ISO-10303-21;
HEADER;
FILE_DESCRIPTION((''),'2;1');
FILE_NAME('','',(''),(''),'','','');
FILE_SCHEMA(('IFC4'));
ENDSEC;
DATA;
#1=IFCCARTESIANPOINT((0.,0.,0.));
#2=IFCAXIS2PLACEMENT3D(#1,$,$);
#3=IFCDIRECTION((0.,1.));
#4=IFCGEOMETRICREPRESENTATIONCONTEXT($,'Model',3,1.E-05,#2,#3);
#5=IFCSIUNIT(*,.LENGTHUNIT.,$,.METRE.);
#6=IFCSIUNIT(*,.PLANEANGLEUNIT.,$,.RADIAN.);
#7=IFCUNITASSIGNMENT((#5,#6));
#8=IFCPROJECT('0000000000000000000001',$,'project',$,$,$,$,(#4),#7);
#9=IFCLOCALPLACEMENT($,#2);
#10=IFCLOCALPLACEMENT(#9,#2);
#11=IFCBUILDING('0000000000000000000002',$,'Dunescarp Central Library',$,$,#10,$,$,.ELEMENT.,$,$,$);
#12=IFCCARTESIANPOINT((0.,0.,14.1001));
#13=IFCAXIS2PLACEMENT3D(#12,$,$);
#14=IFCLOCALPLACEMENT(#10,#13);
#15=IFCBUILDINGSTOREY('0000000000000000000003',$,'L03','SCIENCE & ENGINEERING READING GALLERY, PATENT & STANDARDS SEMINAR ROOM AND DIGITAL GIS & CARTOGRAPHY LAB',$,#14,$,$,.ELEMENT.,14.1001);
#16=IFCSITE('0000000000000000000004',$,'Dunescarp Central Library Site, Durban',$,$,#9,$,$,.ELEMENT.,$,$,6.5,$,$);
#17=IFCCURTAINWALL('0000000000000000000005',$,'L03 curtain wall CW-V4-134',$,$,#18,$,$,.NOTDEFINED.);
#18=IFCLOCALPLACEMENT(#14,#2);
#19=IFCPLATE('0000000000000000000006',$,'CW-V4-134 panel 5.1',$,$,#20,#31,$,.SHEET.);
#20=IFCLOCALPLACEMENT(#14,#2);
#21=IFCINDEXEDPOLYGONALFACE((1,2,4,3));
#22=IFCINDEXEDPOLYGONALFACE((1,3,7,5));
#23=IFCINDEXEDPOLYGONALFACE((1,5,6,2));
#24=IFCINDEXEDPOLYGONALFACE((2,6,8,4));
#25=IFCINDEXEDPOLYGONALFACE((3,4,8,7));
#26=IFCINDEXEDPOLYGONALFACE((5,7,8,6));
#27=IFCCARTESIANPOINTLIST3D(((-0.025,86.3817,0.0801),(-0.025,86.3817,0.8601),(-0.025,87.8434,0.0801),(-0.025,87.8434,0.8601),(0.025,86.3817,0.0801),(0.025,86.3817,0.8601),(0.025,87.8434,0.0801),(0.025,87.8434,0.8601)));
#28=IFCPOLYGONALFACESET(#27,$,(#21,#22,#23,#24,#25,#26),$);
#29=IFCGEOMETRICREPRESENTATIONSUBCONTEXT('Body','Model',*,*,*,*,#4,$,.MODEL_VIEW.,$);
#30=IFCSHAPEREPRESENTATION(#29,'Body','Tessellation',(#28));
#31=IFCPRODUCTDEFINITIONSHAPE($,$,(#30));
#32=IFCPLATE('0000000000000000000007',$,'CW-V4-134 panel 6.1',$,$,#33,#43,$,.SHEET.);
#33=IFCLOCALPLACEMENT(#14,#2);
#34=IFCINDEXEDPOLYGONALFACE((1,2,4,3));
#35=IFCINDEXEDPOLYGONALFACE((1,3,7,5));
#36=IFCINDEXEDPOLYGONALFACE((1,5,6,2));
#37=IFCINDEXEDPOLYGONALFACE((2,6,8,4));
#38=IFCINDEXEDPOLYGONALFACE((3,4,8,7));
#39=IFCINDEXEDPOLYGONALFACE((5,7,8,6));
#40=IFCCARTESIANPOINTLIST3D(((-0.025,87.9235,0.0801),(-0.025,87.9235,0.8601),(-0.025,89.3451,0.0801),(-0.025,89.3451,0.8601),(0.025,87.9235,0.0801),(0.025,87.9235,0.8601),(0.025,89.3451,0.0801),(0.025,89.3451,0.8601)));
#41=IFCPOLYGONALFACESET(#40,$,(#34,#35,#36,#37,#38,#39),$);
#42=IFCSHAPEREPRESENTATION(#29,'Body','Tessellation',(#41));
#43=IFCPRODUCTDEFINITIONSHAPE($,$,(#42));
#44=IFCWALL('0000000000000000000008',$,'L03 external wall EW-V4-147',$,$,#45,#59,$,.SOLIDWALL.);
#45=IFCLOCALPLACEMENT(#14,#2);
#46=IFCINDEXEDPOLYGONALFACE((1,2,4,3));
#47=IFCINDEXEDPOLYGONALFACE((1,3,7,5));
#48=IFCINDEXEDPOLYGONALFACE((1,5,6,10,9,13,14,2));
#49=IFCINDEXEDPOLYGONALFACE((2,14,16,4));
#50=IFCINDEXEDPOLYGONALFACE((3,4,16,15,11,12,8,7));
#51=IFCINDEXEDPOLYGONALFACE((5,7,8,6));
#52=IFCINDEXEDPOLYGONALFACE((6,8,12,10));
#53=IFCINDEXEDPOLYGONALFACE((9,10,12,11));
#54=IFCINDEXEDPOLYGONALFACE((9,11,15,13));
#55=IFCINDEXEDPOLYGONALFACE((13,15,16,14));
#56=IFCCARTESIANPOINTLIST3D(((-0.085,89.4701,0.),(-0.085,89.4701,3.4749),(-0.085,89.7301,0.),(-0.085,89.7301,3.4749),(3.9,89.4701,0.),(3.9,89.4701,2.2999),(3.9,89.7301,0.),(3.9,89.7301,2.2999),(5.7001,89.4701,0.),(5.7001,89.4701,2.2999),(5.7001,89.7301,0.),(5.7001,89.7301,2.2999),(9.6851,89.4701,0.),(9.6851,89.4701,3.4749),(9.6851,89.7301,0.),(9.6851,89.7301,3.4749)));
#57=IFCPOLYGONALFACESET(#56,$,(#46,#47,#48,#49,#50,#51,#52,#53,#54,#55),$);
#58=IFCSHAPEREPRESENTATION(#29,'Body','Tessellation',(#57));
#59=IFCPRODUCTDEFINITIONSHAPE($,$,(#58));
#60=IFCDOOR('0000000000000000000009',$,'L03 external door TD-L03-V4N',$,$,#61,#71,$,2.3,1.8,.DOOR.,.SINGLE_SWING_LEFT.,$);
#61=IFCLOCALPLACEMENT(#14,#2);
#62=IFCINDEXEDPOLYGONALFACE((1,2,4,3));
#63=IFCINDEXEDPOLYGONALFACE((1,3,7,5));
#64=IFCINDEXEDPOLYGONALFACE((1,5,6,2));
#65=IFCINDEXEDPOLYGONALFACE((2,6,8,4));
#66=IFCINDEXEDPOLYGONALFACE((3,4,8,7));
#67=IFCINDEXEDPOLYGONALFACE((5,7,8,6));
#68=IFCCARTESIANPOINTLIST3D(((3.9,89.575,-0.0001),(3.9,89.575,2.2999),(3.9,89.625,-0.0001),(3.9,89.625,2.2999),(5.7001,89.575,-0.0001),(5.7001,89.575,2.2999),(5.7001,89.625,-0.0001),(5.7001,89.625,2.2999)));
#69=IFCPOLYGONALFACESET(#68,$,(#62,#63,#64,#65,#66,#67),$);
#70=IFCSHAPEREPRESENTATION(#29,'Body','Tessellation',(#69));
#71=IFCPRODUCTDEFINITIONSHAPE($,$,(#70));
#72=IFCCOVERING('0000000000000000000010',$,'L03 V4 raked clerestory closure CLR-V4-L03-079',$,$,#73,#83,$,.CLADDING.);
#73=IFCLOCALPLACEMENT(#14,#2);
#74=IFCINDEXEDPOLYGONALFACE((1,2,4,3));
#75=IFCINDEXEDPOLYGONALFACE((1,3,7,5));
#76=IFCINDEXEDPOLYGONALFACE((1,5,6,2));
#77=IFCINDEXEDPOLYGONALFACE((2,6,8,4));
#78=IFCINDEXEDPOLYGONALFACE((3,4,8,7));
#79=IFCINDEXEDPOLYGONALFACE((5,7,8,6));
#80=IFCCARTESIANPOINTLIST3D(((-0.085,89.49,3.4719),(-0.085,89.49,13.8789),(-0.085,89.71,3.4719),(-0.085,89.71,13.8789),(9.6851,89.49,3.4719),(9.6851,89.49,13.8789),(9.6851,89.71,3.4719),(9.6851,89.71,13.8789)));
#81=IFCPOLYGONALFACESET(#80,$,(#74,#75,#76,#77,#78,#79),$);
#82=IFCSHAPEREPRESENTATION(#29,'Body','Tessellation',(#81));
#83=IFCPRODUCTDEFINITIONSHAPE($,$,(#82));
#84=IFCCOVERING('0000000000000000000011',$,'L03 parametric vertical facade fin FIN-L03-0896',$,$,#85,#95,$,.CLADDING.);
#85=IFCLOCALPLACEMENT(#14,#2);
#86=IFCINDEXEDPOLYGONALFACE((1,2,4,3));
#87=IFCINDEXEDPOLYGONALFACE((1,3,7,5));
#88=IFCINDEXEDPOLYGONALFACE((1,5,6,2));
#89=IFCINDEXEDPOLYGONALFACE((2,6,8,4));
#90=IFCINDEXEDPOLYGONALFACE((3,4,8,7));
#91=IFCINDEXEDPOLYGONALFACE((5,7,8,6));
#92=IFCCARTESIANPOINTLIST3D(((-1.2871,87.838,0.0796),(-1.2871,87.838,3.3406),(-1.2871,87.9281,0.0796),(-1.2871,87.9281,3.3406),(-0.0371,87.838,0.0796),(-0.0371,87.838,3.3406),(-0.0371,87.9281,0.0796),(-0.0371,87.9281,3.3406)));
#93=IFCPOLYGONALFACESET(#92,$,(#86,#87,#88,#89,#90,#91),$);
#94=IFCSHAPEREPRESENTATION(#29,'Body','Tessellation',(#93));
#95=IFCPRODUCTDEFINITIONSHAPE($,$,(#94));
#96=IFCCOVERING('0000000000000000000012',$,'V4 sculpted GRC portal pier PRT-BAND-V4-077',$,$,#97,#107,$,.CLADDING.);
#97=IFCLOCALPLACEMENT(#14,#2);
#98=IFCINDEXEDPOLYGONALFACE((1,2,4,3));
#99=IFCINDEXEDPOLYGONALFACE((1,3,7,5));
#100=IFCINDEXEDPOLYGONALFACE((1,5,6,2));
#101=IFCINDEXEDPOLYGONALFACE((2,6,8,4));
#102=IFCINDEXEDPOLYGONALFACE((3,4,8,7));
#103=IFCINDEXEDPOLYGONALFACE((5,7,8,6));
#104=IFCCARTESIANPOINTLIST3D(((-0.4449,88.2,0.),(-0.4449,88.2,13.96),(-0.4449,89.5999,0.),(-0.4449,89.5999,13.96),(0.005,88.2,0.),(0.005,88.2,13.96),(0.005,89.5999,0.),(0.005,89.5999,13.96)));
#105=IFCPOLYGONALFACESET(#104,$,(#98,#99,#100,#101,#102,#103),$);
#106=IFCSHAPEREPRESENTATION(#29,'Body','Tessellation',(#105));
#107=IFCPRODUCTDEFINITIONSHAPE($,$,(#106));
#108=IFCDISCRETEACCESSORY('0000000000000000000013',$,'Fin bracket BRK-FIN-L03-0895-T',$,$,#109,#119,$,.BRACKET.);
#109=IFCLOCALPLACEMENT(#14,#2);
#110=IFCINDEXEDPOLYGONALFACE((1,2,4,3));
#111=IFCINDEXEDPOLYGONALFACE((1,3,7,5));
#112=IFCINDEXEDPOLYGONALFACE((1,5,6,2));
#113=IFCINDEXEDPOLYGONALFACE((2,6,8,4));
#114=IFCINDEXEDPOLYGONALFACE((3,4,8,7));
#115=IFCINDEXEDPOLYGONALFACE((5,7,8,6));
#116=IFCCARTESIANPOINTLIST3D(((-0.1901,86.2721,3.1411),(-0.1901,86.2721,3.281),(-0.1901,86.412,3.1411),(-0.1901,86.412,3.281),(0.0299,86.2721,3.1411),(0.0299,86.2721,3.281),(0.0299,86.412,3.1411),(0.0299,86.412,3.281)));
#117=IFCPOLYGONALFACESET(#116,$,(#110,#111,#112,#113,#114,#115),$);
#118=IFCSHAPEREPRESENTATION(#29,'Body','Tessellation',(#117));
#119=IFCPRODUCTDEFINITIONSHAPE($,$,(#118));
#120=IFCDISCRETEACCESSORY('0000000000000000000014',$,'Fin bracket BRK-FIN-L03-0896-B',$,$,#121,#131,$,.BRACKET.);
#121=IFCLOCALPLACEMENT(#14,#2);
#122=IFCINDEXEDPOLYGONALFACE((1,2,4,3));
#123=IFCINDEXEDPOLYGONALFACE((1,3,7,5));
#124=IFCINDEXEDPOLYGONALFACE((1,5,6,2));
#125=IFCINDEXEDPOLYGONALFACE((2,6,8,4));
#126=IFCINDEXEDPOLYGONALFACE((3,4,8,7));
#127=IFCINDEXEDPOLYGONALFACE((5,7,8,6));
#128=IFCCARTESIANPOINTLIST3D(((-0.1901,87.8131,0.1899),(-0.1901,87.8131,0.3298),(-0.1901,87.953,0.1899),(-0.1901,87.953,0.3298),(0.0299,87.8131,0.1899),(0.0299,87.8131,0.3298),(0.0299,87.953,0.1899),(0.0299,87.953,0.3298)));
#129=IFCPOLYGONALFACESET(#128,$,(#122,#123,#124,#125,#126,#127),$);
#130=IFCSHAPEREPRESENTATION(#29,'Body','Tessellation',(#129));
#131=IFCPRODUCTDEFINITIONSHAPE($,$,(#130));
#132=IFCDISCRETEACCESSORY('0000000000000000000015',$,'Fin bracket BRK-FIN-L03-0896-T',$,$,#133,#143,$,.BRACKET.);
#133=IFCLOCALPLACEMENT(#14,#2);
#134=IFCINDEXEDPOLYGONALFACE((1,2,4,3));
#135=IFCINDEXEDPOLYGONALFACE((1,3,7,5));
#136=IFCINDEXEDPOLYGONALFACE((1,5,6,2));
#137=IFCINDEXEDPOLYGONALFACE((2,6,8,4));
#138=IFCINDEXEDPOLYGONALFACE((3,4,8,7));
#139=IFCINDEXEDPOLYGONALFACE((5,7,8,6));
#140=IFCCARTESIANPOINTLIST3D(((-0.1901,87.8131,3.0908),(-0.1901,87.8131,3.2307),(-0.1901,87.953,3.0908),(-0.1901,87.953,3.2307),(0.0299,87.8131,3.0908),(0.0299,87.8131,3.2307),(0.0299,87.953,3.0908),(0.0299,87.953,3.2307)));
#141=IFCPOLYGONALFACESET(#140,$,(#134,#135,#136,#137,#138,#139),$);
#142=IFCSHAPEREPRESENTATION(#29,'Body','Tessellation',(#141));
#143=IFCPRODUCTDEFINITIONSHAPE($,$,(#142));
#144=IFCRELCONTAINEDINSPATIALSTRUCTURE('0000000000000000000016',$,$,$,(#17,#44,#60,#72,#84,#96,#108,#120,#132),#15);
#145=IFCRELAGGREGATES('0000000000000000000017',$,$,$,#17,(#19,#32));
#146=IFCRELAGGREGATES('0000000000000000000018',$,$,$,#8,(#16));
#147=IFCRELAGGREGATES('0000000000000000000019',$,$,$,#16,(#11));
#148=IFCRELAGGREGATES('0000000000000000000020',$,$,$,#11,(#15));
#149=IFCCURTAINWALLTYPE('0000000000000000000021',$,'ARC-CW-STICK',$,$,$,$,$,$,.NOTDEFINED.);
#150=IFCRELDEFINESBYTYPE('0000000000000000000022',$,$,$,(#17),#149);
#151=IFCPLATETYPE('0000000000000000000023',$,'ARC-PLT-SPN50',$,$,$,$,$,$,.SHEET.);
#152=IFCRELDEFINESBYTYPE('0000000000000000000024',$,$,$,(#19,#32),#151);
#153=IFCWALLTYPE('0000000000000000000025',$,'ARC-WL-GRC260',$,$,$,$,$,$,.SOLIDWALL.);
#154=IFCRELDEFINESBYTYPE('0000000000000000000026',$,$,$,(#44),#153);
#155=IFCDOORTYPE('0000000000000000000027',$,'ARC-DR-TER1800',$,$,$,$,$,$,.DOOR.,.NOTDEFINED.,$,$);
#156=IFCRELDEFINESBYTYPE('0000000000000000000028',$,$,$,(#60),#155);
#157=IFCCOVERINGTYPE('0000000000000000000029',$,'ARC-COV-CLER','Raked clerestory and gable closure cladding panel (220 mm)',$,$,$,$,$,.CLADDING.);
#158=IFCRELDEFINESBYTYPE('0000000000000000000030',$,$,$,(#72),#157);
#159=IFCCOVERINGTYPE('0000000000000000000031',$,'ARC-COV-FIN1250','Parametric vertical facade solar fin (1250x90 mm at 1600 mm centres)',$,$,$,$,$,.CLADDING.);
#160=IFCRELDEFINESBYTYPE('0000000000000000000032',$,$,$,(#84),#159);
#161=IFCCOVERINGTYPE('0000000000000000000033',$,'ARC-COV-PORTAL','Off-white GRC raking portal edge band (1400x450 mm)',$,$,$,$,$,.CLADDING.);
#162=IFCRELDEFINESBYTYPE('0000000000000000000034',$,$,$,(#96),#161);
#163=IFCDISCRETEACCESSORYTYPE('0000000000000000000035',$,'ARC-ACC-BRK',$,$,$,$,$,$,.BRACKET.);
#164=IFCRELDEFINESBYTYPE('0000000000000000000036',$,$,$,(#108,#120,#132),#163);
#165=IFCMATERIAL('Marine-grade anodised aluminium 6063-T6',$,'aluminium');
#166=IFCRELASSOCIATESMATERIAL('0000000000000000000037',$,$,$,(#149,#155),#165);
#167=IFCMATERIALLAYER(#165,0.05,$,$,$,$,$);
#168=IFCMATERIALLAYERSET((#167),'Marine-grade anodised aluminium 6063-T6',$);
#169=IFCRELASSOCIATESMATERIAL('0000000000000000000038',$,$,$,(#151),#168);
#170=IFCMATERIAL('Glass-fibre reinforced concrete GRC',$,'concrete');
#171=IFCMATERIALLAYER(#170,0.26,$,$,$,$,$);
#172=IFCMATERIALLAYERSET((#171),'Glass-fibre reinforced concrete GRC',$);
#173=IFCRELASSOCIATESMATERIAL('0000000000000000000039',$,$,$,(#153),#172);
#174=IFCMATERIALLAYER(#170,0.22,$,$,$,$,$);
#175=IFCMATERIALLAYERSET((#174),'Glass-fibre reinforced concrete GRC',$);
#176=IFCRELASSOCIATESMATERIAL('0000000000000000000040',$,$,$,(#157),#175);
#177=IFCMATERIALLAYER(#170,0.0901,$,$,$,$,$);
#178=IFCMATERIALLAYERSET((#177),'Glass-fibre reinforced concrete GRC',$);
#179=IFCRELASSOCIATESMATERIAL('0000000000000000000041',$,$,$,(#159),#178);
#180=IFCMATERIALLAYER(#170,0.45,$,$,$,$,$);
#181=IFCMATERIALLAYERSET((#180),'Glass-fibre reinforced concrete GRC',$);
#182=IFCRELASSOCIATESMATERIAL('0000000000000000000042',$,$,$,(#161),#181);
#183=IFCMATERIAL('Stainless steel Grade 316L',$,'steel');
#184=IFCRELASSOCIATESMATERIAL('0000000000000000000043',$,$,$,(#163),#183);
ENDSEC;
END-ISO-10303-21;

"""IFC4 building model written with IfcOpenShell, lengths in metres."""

from ifc_helpers import new_model, si_unit, direction, frame, frame_2d, origin, origin_2d, place, context, subcontext, project, spatial, polyline, rectangle, outline, extrude, material, layer, layer_set, type_object, element, fill, aggregate, save


model = new_model("IFC4")

# Units and contexts
model_context = context("Model", 3, precision=1e-05, world=origin(), true_north=direction((0.0, 1.0)))
body_context = subcontext(model_context, "Body", "Model", "MODEL_VIEW")
ifc_project = project(units=[si_unit("LENGTHUNIT", "METRE"), si_unit("PLANEANGLEUNIT", "RADIAN")], contexts=[model_context])

# Site, building, storey
site_placement = place(None, origin())
site = spatial("IfcSite", under=ifc_project, at=site_placement, Name="Dunescarp Central Library Site, Durban", CompositionType="ELEMENT", RefElevation=6.5)
building_placement = place(site_placement, origin())
building = spatial("IfcBuilding", under=site, at=building_placement, Name="Dunescarp Central Library", CompositionType="ELEMENT")
storey_placement = place(building_placement, frame((0.0, 0.0, 14.1001)))
storey = spatial("IfcBuildingStorey", under=building, at=storey_placement, Name="L03", Description="SCIENCE & ENGINEERING READING GALLERY, PATENT & STANDARDS SEMINAR ROOM AND DIGITAL GIS & CARTOGRAPHY LAB", CompositionType="ELEMENT", Elevation=14.1001)

# Curtain wall
ifc_material_1 = material(Name="Marine-grade anodised aluminium 6063-T6", Category="aluminium")
curtain_wall_type = type_object("IfcCurtainWallType", Name="ARC-CW-STICK", PredefinedType="NOTDEFINED", material=ifc_material_1)
curtain_wall_placement = place(storey_placement, origin())
curtain_wall = element("IfcCurtainWall", 1, at=curtain_wall_placement, inside=storey, type_object=curtain_wall_type, Name="L03 curtain wall CW-V4-134", PredefinedType="NOTDEFINED")

# Plates
ifc_layer_1 = layer(ifc_material_1, 0.05)
ifc_layer_set_1 = layer_set([ifc_layer_1], Name="Marine-grade anodised aluminium 6063-T6")
plate_type_1 = type_object("IfcPlateType", Name="ARC-PLT-SPN50", PredefinedType="SHEET", material=ifc_layer_set_1)
plate_1_placement = place(storey_placement, frame((0.0, 87.1125, 0.0801), z_axis=(0.0, 0.0, 1.0), x_axis=(0.0, 1.0, 0.0)))
plate_1 = element("IfcPlate", 2, at=plate_1_placement, type_object=plate_type_1, Name="CW-V4-134 panel 5.1", PredefinedType="SHEET", context=body_context, shape_type="SweptSolid", body=[
    extrude(rectangle(XDim=1.4617, YDim=0.05, at=origin_2d()), origin(), (0.0, 0.0, 1.0), 0.78),
])
plate_2_placement = place(storey_placement, frame((0.0, 88.6343, 0.0801), z_axis=(0.0, 0.0, 1.0), x_axis=(0.0, 1.0, 0.0)))
plate_2 = element("IfcPlate", 3, at=plate_2_placement, type_object=plate_type_1, Name="CW-V4-134 panel 6.1", PredefinedType="SHEET", context=body_context, shape_type="SweptSolid", body=[
    extrude(rectangle(XDim=1.4216, YDim=0.05, at=origin_2d()), origin(), (0.0, 0.0, 1.0), 0.78),
])
aggregate(curtain_wall, [plate_1, plate_2])

# Wall, opening, door
ifc_material_2 = material(Name="Glass-fibre reinforced concrete GRC", Category="concrete")
ifc_layer_2 = layer(ifc_material_2, 0.26)
ifc_layer_set_2 = layer_set([ifc_layer_2], Name="Glass-fibre reinforced concrete GRC")
wall_type = type_object("IfcWallType", Name="ARC-WL-GRC260", PredefinedType="SOLIDWALL", material=ifc_layer_set_2)
wall_placement = place(storey_placement, frame((-0.085, 89.6001, 0.0), z_axis=(0.0, 0.0, 1.0), x_axis=(1.0, 0.0, 0.0)))
wall = element("IfcWall", 4, at=wall_placement, inside=storey, type_object=wall_type, Name="L03 external wall EW-V4-147", PredefinedType="SOLIDWALL", context=body_context, shape_type="SweptSolid", body=[
    extrude(rectangle(XDim=9.77, YDim=0.26, at=frame_2d((4.885, 0.0))), origin(), (0.0, 0.0, 1.0), 3.4749),
])
opening_placement = place(wall_placement, frame((3.9851, 0.0, 0.0)))
opening = element("IfcOpeningElement", 5, at=opening_placement, cuts=wall, PredefinedType="OPENING", context=body_context, shape_type="SweptSolid", body=[
    extrude(rectangle(XDim=1.8, YDim=2.3, at=frame_2d((0.8999, 1.1499))), frame((0.0, 0.1401, 0.0), z_axis=(0.0, -1.0, 0.0), x_axis=(1.0, 0.0, 0.0)), (0.0, 0.0, 1.0), 0.28),
])
door_type = type_object("IfcDoorType", Name="ARC-DR-TER1800", OperationType="NOTDEFINED", PredefinedType="DOOR", material=ifc_material_1)
door_placement = place(opening_placement, origin())
door = element("IfcDoor", 6, at=door_placement, inside=storey, type_object=door_type, Name="L03 external door TD-L03-V4N", OperationType="SINGLE_SWING_LEFT", OverallHeight=2.3, OverallWidth=1.8, PredefinedType="DOOR", context=body_context, shape_type="SweptSolid", body=[
    extrude(rectangle(XDim=1.8, YDim=2.3, at=frame_2d((0.8999, 1.1499))), frame((0.0, 0.0249, 0.0), z_axis=(0.0, -1.0, 0.0), x_axis=(1.0, 0.0, 0.0)), (0.0, 0.0, 1.0), 0.05),
])
fill(opening, door)

# Coverings
ifc_layer_3 = layer(ifc_material_2, 0.22)
ifc_layer_set_3 = layer_set([ifc_layer_3], Name="Glass-fibre reinforced concrete GRC")
covering_type_1 = type_object("IfcCoveringType", Name="ARC-COV-CLER", Description="Raked clerestory and gable closure cladding panel (220 mm)", PredefinedType="CLADDING", material=ifc_layer_set_3)
covering_1_placement = place(storey_placement, frame((-0.085, 89.6001, 3.4719), z_axis=(0.0, 0.0, 1.0), x_axis=(1.0, 0.0, 0.0)))
element("IfcCovering", 7, at=covering_1_placement, inside=storey, type_object=covering_type_1, Name="L03 V4 raked clerestory closure CLR-V4-L03-079", PredefinedType="CLADDING", context=body_context, shape_type="SweptSolid", body=[
    extrude(outline(polyline([(0.0, 0.0), (9.77, 0.0), (9.77, 10.407), (0.0, 10.407), (0.0, 0.0)])), frame((0.0, 0.1099, 0.0), z_axis=(0.0, -1.0, 0.0), x_axis=(1.0, 0.0, 0.0)), (0.0, 0.0, 1.0), 0.22),
])
ifc_layer_4 = layer(ifc_material_2, 0.0901)
ifc_layer_set_4 = layer_set([ifc_layer_4], Name="Glass-fibre reinforced concrete GRC")
covering_type_2 = type_object("IfcCoveringType", Name="ARC-COV-FIN1250", Description="Parametric vertical facade solar fin (1250x90 mm at 1600 mm centres)", PredefinedType="CLADDING", material=ifc_layer_set_4)
covering_2_placement = place(storey_placement, frame((-0.6621, 87.8831, 0.0796), z_axis=(0.0, 0.0, 1.0), x_axis=(-1.0, 0.0, 0.0)))
element("IfcCovering", 8, at=covering_2_placement, inside=storey, type_object=covering_type_2, Name="L03 parametric vertical facade fin FIN-L03-0896", PredefinedType="CLADDING", context=body_context, shape_type="SweptSolid", body=[
    extrude(rectangle(XDim=1.25, YDim=0.0901, at=origin_2d()), origin(), (0.0, 0.0, 1.0), 3.261),
])
ifc_layer_5 = layer(ifc_material_2, 0.45)
ifc_layer_set_5 = layer_set([ifc_layer_5], Name="Glass-fibre reinforced concrete GRC")
covering_type_3 = type_object("IfcCoveringType", Name="ARC-COV-PORTAL", Description="Off-white GRC raking portal edge band (1400x450 mm)", PredefinedType="CLADDING", material=ifc_layer_set_5)
covering_3_placement = place(storey_placement, frame((-0.22, 88.8999, 0.0), z_axis=(0.0, 0.0, 1.0), x_axis=(1.0, 0.0, 0.0)))
element("IfcCovering", 9, at=covering_3_placement, inside=storey, type_object=covering_type_3, Name="V4 sculpted GRC portal pier PRT-BAND-V4-077", PredefinedType="CLADDING", context=body_context, shape_type="SweptSolid", body=[
    extrude(rectangle(XDim=0.45, YDim=1.3999, at=origin_2d()), origin(), (0.0, 0.0, 1.0), 13.96),
])

# Discrete accessories
ifc_material_3 = material(Name="Stainless steel Grade 316L", Category="steel")
discrete_accessory_type = type_object("IfcDiscreteAccessoryType", Name="ARC-ACC-BRK", PredefinedType="BRACKET", material=ifc_material_3)
for number, where, z_axis, x_axis, name in (
    (10, (-0.0801, 86.342, 3.1411), (0.0, 0.0, 1.0), (-1.0, 0.0, 0.0), "Fin bracket BRK-FIN-L03-0895-T"),
    (11, (-0.0801, 87.8831, 0.1899), (0.0, 0.0, 1.0), (-1.0, 0.0, 0.0), "Fin bracket BRK-FIN-L03-0896-B"),
    (12, (-0.0801, 87.8831, 3.0908), (0.0, 0.0, 1.0), (-1.0, 0.0, 0.0), "Fin bracket BRK-FIN-L03-0896-T"),
):
    element("IfcDiscreteAccessory", number, at=place(storey_placement, frame(where, z_axis=z_axis, x_axis=x_axis)), inside=storey, type_object=discrete_accessory_type, Name=name, PredefinedType="BRACKET", context=body_context, shape_type="SweptSolid", body=[
        extrude(rectangle(XDim=0.22, YDim=0.1399, at=origin_2d()), origin(), (0.0, 0.0, 1.0), 0.1399),
    ])

save(model, "model.ifc")
